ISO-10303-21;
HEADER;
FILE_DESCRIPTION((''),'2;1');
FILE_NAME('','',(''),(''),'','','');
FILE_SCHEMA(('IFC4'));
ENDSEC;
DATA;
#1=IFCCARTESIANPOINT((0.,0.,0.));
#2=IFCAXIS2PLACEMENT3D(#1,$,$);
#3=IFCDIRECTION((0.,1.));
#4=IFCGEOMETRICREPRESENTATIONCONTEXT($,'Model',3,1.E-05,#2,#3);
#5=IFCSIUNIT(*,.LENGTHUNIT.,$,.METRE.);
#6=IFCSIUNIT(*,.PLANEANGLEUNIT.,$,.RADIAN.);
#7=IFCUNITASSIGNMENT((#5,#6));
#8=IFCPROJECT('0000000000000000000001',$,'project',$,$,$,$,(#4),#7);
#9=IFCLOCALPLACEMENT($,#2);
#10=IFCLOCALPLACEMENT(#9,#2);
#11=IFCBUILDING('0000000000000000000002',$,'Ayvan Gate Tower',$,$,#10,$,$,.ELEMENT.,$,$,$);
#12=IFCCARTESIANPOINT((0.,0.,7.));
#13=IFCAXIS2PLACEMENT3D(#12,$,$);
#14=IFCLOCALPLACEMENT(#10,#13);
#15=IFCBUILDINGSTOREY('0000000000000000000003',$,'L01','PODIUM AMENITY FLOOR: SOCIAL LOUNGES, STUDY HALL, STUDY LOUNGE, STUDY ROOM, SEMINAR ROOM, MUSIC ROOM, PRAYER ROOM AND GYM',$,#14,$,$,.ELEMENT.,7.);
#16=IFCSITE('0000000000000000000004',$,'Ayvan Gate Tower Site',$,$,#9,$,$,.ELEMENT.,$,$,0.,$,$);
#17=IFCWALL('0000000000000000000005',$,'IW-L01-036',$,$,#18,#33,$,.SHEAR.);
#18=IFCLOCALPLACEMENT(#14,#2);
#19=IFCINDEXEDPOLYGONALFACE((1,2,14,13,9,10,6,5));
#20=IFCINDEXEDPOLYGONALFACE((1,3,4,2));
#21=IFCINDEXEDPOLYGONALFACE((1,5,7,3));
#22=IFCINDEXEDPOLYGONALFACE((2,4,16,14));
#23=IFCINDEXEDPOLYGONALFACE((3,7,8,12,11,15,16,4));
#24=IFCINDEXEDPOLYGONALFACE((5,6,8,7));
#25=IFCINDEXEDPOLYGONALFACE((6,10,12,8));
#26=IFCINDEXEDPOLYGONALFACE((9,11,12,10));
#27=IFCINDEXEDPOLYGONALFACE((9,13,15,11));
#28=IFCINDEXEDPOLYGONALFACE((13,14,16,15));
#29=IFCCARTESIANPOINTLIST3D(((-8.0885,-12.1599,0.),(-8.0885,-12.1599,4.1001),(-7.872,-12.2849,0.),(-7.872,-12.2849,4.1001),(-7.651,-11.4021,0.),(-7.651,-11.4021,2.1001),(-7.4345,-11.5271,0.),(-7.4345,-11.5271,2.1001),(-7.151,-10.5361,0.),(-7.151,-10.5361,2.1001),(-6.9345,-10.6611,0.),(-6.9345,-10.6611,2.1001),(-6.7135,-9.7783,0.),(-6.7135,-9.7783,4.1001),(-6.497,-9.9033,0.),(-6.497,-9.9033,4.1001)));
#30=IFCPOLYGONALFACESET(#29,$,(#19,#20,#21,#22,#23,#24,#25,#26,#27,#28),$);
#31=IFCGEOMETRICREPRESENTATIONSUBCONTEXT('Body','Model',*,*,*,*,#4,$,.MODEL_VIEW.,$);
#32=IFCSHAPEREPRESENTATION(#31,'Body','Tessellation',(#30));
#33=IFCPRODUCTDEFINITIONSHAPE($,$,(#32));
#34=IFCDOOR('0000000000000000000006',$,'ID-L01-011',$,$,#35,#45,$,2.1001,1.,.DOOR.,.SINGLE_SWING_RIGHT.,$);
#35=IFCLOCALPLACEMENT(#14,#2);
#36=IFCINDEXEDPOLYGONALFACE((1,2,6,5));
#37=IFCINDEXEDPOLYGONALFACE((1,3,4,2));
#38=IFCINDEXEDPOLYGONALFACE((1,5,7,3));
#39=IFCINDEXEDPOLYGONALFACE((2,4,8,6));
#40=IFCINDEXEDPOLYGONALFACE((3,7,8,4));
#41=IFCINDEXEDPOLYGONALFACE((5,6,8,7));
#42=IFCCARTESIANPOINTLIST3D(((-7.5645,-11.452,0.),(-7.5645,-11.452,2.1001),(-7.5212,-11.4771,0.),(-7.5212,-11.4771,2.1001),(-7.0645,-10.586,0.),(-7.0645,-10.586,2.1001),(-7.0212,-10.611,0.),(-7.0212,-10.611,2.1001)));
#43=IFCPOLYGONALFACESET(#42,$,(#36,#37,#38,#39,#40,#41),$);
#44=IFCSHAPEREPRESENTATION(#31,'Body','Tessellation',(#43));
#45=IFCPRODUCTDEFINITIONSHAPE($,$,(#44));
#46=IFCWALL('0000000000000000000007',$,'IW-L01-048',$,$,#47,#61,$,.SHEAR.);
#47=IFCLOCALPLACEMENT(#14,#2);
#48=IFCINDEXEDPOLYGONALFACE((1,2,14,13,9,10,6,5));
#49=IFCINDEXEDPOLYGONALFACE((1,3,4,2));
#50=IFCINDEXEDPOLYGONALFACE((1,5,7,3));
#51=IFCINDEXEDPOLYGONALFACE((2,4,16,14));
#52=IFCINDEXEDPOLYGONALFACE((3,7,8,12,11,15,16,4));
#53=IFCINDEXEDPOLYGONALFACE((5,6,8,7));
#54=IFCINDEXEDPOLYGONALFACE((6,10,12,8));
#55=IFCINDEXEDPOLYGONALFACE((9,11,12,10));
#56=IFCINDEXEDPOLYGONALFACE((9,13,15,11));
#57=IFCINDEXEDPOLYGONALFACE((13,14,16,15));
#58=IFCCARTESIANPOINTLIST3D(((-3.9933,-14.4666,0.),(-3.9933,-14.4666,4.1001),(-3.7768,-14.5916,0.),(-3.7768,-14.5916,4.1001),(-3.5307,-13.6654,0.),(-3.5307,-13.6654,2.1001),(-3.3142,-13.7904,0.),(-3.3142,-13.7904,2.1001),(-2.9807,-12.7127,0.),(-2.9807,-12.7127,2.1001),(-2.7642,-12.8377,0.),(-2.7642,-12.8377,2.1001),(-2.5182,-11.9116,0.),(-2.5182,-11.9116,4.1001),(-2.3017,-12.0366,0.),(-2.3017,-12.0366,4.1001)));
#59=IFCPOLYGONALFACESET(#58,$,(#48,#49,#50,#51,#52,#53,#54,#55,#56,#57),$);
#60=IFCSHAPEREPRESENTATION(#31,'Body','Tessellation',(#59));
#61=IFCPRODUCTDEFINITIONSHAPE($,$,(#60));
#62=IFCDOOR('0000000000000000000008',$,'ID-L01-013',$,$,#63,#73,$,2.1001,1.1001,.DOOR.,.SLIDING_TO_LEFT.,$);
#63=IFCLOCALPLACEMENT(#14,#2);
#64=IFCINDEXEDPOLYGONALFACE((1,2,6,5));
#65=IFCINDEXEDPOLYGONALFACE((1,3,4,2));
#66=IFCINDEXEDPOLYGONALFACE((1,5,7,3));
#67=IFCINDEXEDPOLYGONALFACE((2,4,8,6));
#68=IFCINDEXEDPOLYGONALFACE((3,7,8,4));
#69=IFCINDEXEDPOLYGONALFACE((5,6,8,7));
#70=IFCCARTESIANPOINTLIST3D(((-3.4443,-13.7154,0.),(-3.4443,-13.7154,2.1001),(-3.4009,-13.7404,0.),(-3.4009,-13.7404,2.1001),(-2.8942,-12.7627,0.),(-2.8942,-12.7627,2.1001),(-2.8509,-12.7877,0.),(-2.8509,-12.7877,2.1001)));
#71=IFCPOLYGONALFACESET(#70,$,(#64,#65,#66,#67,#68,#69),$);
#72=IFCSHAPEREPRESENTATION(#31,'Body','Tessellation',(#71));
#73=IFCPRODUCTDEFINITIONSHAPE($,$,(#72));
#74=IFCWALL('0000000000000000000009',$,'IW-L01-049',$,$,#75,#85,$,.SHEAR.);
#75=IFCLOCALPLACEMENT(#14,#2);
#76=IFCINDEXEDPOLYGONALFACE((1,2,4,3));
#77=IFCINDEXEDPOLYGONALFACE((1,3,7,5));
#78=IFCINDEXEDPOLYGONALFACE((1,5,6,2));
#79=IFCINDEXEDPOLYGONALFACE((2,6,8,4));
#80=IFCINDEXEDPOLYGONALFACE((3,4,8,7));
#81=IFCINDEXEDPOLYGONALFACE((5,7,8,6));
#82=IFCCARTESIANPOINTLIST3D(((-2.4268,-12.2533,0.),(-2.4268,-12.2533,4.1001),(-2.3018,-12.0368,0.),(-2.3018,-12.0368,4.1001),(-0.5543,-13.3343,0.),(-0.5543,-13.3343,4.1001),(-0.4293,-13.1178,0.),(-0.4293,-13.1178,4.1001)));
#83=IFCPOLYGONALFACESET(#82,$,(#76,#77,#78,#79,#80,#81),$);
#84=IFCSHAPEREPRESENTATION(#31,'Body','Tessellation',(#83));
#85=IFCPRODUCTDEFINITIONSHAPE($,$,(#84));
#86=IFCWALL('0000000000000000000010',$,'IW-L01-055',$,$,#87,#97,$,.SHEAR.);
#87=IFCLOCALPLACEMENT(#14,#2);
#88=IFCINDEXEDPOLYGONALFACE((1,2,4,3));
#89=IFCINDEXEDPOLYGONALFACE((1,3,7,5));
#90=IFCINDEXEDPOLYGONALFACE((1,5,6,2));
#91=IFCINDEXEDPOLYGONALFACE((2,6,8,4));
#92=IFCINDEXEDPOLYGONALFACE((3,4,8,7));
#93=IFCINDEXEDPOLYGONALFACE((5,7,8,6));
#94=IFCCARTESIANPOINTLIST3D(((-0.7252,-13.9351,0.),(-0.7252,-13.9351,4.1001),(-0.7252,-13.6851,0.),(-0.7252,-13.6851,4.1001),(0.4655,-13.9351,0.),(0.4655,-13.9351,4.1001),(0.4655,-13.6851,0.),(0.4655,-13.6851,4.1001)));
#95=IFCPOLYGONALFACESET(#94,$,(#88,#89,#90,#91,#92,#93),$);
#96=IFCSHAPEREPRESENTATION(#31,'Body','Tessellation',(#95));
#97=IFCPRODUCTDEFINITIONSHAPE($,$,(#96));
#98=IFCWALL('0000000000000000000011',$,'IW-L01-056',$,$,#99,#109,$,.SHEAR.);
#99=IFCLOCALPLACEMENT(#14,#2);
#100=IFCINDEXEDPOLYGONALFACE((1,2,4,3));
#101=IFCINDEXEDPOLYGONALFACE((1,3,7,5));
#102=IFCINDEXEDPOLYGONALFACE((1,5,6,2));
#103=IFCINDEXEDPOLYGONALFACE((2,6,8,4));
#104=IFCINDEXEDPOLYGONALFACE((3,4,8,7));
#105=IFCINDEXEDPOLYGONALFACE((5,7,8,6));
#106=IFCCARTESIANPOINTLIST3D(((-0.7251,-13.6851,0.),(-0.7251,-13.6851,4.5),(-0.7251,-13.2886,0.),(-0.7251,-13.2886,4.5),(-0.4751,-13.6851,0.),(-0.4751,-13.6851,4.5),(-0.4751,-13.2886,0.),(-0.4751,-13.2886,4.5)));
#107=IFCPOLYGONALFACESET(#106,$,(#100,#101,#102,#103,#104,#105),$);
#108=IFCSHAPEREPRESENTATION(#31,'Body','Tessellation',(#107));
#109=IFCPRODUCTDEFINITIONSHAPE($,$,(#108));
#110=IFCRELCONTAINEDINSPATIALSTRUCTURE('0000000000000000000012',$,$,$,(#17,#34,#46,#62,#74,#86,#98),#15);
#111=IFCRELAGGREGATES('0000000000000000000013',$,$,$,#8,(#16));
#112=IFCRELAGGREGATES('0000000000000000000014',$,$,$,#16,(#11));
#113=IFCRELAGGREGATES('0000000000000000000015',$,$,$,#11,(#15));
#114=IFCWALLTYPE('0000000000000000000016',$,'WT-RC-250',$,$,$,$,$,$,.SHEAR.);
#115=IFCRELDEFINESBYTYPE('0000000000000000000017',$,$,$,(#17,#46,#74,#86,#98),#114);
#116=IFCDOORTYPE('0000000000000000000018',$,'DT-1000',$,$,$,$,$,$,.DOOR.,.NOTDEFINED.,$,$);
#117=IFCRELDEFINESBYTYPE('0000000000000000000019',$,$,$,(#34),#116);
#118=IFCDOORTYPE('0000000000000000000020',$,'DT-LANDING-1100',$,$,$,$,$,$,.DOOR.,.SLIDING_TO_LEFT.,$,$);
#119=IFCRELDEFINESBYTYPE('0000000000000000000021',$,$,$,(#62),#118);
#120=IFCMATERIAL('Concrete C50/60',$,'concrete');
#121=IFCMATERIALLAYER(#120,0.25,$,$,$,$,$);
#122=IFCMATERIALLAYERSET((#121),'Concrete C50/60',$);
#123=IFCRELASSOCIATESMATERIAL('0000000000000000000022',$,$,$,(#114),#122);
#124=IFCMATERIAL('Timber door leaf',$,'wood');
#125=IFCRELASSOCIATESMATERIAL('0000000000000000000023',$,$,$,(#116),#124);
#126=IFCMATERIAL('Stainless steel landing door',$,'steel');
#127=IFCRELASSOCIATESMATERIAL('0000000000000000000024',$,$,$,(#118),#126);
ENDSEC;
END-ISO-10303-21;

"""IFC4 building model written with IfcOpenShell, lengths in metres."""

from ifc_helpers import new_model, si_unit, direction, frame, frame_2d, origin, place, context, subcontext, project, spatial, rectangle, extrude, material, layer, layer_set, type_object, element, fill, save


model = new_model("IFC4")

# Units and contexts
model_context = context("Model", 3, precision=1e-05, world=origin(), true_north=direction((0.0, 1.0)))
body_context = subcontext(model_context, "Body", "Model", "MODEL_VIEW")
ifc_project = project(units=[si_unit("LENGTHUNIT", "METRE"), si_unit("PLANEANGLEUNIT", "RADIAN")], contexts=[model_context])

# Site, building, storey
site_placement = place(None, origin())
site = spatial("IfcSite", under=ifc_project, at=site_placement, Name="Ayvan Gate Tower Site", CompositionType="ELEMENT", RefElevation=0.0)
building_placement = place(site_placement, origin())
building = spatial("IfcBuilding", under=site, at=building_placement, Name="Ayvan Gate Tower", CompositionType="ELEMENT")
storey_placement = place(building_placement, frame((0.0, 0.0, 7.0)))
storey = spatial("IfcBuildingStorey", under=building, at=storey_placement, Name="L01", Description="PODIUM AMENITY FLOOR: SOCIAL LOUNGES, STUDY HALL, STUDY LOUNGE, STUDY ROOM, SEMINAR ROOM, MUSIC ROOM, PRAYER ROOM AND GYM", CompositionType="ELEMENT", Elevation=7.0)

# Shared definitions
ifc_material_1 = material(Name="Timber door leaf", Category="wood")

# Shared definitions
ifc_material_2 = material(Name="Concrete C50/60", Category="concrete")
ifc_layer_1 = layer(ifc_material_2, 0.25)
ifc_layer_set_1 = layer_set([ifc_layer_1], Name="Concrete C50/60")
wall_type_1 = type_object("IfcWallType", Name="WT-RC-250", PredefinedType="SHEAR", material=ifc_layer_set_1)

# Walls, openings, doors
wall_1_placement = place(storey_placement, frame((-6.6052, -9.8408, 0.0), z_axis=(0.0, 0.0, 1.0), x_axis=(-0.499997, -0.866027, 0.0)))
wall_1 = element("IfcWall", 1, at=wall_1_placement, inside=storey, type_object=wall_type_1, Name="IW-L01-036", PredefinedType="SHEAR", context=body_context, shape_type="SweptSolid", body=[
    extrude(rectangle(XDim=2.75, YDim=0.25, at=frame_2d((1.375, 0.0))), origin(), (0.0, 0.0, 1.0), 4.1001),
])
opening_1_placement = place(wall_1_placement, frame((0.875, 0.0, 0.0)))
opening_1 = element("IfcOpeningElement", 2, at=opening_1_placement, cuts=wall_1, PredefinedType="OPENING", context=body_context, shape_type="SweptSolid", body=[
    extrude(rectangle(XDim=1.0, YDim=2.1001, at=frame_2d((0.5, 1.05))), frame((0.0, 0.135, 0.0), z_axis=(0.0, -1.0, 0.0), x_axis=(1.0, 0.0, 0.0)), (0.0, 0.0, 1.0), 0.27),
])
door_type_1 = type_object("IfcDoorType", Name="DT-1000", OperationType="NOTDEFINED", PredefinedType="DOOR", material=ifc_material_1)
door_1_placement = place(opening_1_placement, origin())
door_1 = element("IfcDoor", 3, at=door_1_placement, inside=storey, type_object=door_type_1, Name="ID-L01-011", OperationType="SINGLE_SWING_RIGHT", OverallHeight=2.1001, OverallWidth=1.0, PredefinedType="DOOR", context=body_context, shape_type="SweptSolid", body=[
    extrude(rectangle(XDim=1.0, YDim=2.1001, at=frame_2d((0.5, 1.05))), frame((0.0, 0.0249, 0.0), z_axis=(0.0, -1.0, 0.0), x_axis=(1.0, 0.0, 0.0)), (0.0, 0.0, 1.0), 0.05),
])
fill(opening_1, door_1)
wall_2_placement = place(storey_placement, frame((-2.4099, -11.9741, 0.0), z_axis=(0.0, 0.0, 1.0), x_axis=(-0.500002, -0.866024, 0.0)))
wall_2 = element("IfcWall", 4, at=wall_2_placement, inside=storey, type_object=wall_type_1, Name="IW-L01-048", PredefinedType="SHEAR", context=body_context, shape_type="SweptSolid", body=[
    extrude(rectangle(XDim=2.9502, YDim=0.25, at=frame_2d((1.4751, 0.0))), origin(), (0.0, 0.0, 1.0), 4.1001),
])
opening_2_placement = place(wall_2_placement, frame((0.925, 0.0, 0.0)))
opening_2 = element("IfcOpeningElement", 5, at=opening_2_placement, cuts=wall_2, PredefinedType="OPENING", context=body_context, shape_type="SweptSolid", body=[
    extrude(rectangle(XDim=1.1001, YDim=2.1001, at=frame_2d((0.55, 1.05))), frame((0.0, 0.135, 0.0), z_axis=(0.0, -1.0, 0.0), x_axis=(1.0, 0.0, 0.0)), (0.0, 0.0, 1.0), 0.27),
])
ifc_material_3 = material(Name="Stainless steel landing door", Category="steel")
door_type_2 = type_object("IfcDoorType", Name="DT-LANDING-1100", OperationType="SLIDING_TO_LEFT", PredefinedType="DOOR", material=ifc_material_3)
door_2_placement = place(opening_2_placement, origin())
door_2 = element("IfcDoor", 6, at=door_2_placement, inside=storey, type_object=door_type_2, Name="ID-L01-013", OperationType="SLIDING_TO_LEFT", OverallHeight=2.1001, OverallWidth=1.1001, PredefinedType="DOOR", context=body_context, shape_type="SweptSolid", body=[
    extrude(rectangle(XDim=1.1001, YDim=2.1001, at=frame_2d((0.55, 1.05))), frame((0.0, 0.0249, 0.0), z_axis=(0.0, -1.0, 0.0), x_axis=(1.0, 0.0, 0.0)), (0.0, 0.0, 1.0), 0.05),
])
fill(opening_2, door_2)

# Walls
wall_3_placement = place(storey_placement, frame((-2.3643, -12.145, 0.0), z_axis=(0.0, 0.0, 1.0), x_axis=(0.866039, -0.499977, 0.0)))
element("IfcWall", 7, at=wall_3_placement, inside=storey, type_object=wall_type_1, Name="IW-L01-049", PredefinedType="SHEAR", context=body_context, shape_type="SweptSolid", body=[
    extrude(rectangle(XDim=2.1621, YDim=0.25, at=frame_2d((1.0811, 0.0))), origin(), (0.0, 0.0, 1.0), 4.1001),
])
wall_4_placement = place(storey_placement, frame((-0.7251, -13.8101, 0.0), z_axis=(0.0, 0.0, 1.0), x_axis=(1.0, 0.0, 0.0)))
element("IfcWall", 8, at=wall_4_placement, inside=storey, type_object=wall_type_1, Name="IW-L01-055", PredefinedType="SHEAR", context=body_context, shape_type="SweptSolid", body=[
    extrude(rectangle(XDim=1.1907, YDim=0.25, at=frame_2d((0.5952, 0.0))), origin(), (0.0, 0.0, 1.0), 4.1001),
])
wall_5_placement = place(storey_placement, frame((-0.6001, -13.2886, 0.0), z_axis=(0.0, 0.0, 1.0), x_axis=(0.0, -1.0, 0.0)))
element("IfcWall", 9, at=wall_5_placement, inside=storey, type_object=wall_type_1, Name="IW-L01-056", PredefinedType="SHEAR", context=body_context, shape_type="SweptSolid", body=[
    extrude(rectangle(XDim=0.3965, YDim=0.25, at=frame_2d((0.1982, 0.0))), origin(), (0.0, 0.0, 1.0), 4.5),
])

save(model, "model.ifc")
